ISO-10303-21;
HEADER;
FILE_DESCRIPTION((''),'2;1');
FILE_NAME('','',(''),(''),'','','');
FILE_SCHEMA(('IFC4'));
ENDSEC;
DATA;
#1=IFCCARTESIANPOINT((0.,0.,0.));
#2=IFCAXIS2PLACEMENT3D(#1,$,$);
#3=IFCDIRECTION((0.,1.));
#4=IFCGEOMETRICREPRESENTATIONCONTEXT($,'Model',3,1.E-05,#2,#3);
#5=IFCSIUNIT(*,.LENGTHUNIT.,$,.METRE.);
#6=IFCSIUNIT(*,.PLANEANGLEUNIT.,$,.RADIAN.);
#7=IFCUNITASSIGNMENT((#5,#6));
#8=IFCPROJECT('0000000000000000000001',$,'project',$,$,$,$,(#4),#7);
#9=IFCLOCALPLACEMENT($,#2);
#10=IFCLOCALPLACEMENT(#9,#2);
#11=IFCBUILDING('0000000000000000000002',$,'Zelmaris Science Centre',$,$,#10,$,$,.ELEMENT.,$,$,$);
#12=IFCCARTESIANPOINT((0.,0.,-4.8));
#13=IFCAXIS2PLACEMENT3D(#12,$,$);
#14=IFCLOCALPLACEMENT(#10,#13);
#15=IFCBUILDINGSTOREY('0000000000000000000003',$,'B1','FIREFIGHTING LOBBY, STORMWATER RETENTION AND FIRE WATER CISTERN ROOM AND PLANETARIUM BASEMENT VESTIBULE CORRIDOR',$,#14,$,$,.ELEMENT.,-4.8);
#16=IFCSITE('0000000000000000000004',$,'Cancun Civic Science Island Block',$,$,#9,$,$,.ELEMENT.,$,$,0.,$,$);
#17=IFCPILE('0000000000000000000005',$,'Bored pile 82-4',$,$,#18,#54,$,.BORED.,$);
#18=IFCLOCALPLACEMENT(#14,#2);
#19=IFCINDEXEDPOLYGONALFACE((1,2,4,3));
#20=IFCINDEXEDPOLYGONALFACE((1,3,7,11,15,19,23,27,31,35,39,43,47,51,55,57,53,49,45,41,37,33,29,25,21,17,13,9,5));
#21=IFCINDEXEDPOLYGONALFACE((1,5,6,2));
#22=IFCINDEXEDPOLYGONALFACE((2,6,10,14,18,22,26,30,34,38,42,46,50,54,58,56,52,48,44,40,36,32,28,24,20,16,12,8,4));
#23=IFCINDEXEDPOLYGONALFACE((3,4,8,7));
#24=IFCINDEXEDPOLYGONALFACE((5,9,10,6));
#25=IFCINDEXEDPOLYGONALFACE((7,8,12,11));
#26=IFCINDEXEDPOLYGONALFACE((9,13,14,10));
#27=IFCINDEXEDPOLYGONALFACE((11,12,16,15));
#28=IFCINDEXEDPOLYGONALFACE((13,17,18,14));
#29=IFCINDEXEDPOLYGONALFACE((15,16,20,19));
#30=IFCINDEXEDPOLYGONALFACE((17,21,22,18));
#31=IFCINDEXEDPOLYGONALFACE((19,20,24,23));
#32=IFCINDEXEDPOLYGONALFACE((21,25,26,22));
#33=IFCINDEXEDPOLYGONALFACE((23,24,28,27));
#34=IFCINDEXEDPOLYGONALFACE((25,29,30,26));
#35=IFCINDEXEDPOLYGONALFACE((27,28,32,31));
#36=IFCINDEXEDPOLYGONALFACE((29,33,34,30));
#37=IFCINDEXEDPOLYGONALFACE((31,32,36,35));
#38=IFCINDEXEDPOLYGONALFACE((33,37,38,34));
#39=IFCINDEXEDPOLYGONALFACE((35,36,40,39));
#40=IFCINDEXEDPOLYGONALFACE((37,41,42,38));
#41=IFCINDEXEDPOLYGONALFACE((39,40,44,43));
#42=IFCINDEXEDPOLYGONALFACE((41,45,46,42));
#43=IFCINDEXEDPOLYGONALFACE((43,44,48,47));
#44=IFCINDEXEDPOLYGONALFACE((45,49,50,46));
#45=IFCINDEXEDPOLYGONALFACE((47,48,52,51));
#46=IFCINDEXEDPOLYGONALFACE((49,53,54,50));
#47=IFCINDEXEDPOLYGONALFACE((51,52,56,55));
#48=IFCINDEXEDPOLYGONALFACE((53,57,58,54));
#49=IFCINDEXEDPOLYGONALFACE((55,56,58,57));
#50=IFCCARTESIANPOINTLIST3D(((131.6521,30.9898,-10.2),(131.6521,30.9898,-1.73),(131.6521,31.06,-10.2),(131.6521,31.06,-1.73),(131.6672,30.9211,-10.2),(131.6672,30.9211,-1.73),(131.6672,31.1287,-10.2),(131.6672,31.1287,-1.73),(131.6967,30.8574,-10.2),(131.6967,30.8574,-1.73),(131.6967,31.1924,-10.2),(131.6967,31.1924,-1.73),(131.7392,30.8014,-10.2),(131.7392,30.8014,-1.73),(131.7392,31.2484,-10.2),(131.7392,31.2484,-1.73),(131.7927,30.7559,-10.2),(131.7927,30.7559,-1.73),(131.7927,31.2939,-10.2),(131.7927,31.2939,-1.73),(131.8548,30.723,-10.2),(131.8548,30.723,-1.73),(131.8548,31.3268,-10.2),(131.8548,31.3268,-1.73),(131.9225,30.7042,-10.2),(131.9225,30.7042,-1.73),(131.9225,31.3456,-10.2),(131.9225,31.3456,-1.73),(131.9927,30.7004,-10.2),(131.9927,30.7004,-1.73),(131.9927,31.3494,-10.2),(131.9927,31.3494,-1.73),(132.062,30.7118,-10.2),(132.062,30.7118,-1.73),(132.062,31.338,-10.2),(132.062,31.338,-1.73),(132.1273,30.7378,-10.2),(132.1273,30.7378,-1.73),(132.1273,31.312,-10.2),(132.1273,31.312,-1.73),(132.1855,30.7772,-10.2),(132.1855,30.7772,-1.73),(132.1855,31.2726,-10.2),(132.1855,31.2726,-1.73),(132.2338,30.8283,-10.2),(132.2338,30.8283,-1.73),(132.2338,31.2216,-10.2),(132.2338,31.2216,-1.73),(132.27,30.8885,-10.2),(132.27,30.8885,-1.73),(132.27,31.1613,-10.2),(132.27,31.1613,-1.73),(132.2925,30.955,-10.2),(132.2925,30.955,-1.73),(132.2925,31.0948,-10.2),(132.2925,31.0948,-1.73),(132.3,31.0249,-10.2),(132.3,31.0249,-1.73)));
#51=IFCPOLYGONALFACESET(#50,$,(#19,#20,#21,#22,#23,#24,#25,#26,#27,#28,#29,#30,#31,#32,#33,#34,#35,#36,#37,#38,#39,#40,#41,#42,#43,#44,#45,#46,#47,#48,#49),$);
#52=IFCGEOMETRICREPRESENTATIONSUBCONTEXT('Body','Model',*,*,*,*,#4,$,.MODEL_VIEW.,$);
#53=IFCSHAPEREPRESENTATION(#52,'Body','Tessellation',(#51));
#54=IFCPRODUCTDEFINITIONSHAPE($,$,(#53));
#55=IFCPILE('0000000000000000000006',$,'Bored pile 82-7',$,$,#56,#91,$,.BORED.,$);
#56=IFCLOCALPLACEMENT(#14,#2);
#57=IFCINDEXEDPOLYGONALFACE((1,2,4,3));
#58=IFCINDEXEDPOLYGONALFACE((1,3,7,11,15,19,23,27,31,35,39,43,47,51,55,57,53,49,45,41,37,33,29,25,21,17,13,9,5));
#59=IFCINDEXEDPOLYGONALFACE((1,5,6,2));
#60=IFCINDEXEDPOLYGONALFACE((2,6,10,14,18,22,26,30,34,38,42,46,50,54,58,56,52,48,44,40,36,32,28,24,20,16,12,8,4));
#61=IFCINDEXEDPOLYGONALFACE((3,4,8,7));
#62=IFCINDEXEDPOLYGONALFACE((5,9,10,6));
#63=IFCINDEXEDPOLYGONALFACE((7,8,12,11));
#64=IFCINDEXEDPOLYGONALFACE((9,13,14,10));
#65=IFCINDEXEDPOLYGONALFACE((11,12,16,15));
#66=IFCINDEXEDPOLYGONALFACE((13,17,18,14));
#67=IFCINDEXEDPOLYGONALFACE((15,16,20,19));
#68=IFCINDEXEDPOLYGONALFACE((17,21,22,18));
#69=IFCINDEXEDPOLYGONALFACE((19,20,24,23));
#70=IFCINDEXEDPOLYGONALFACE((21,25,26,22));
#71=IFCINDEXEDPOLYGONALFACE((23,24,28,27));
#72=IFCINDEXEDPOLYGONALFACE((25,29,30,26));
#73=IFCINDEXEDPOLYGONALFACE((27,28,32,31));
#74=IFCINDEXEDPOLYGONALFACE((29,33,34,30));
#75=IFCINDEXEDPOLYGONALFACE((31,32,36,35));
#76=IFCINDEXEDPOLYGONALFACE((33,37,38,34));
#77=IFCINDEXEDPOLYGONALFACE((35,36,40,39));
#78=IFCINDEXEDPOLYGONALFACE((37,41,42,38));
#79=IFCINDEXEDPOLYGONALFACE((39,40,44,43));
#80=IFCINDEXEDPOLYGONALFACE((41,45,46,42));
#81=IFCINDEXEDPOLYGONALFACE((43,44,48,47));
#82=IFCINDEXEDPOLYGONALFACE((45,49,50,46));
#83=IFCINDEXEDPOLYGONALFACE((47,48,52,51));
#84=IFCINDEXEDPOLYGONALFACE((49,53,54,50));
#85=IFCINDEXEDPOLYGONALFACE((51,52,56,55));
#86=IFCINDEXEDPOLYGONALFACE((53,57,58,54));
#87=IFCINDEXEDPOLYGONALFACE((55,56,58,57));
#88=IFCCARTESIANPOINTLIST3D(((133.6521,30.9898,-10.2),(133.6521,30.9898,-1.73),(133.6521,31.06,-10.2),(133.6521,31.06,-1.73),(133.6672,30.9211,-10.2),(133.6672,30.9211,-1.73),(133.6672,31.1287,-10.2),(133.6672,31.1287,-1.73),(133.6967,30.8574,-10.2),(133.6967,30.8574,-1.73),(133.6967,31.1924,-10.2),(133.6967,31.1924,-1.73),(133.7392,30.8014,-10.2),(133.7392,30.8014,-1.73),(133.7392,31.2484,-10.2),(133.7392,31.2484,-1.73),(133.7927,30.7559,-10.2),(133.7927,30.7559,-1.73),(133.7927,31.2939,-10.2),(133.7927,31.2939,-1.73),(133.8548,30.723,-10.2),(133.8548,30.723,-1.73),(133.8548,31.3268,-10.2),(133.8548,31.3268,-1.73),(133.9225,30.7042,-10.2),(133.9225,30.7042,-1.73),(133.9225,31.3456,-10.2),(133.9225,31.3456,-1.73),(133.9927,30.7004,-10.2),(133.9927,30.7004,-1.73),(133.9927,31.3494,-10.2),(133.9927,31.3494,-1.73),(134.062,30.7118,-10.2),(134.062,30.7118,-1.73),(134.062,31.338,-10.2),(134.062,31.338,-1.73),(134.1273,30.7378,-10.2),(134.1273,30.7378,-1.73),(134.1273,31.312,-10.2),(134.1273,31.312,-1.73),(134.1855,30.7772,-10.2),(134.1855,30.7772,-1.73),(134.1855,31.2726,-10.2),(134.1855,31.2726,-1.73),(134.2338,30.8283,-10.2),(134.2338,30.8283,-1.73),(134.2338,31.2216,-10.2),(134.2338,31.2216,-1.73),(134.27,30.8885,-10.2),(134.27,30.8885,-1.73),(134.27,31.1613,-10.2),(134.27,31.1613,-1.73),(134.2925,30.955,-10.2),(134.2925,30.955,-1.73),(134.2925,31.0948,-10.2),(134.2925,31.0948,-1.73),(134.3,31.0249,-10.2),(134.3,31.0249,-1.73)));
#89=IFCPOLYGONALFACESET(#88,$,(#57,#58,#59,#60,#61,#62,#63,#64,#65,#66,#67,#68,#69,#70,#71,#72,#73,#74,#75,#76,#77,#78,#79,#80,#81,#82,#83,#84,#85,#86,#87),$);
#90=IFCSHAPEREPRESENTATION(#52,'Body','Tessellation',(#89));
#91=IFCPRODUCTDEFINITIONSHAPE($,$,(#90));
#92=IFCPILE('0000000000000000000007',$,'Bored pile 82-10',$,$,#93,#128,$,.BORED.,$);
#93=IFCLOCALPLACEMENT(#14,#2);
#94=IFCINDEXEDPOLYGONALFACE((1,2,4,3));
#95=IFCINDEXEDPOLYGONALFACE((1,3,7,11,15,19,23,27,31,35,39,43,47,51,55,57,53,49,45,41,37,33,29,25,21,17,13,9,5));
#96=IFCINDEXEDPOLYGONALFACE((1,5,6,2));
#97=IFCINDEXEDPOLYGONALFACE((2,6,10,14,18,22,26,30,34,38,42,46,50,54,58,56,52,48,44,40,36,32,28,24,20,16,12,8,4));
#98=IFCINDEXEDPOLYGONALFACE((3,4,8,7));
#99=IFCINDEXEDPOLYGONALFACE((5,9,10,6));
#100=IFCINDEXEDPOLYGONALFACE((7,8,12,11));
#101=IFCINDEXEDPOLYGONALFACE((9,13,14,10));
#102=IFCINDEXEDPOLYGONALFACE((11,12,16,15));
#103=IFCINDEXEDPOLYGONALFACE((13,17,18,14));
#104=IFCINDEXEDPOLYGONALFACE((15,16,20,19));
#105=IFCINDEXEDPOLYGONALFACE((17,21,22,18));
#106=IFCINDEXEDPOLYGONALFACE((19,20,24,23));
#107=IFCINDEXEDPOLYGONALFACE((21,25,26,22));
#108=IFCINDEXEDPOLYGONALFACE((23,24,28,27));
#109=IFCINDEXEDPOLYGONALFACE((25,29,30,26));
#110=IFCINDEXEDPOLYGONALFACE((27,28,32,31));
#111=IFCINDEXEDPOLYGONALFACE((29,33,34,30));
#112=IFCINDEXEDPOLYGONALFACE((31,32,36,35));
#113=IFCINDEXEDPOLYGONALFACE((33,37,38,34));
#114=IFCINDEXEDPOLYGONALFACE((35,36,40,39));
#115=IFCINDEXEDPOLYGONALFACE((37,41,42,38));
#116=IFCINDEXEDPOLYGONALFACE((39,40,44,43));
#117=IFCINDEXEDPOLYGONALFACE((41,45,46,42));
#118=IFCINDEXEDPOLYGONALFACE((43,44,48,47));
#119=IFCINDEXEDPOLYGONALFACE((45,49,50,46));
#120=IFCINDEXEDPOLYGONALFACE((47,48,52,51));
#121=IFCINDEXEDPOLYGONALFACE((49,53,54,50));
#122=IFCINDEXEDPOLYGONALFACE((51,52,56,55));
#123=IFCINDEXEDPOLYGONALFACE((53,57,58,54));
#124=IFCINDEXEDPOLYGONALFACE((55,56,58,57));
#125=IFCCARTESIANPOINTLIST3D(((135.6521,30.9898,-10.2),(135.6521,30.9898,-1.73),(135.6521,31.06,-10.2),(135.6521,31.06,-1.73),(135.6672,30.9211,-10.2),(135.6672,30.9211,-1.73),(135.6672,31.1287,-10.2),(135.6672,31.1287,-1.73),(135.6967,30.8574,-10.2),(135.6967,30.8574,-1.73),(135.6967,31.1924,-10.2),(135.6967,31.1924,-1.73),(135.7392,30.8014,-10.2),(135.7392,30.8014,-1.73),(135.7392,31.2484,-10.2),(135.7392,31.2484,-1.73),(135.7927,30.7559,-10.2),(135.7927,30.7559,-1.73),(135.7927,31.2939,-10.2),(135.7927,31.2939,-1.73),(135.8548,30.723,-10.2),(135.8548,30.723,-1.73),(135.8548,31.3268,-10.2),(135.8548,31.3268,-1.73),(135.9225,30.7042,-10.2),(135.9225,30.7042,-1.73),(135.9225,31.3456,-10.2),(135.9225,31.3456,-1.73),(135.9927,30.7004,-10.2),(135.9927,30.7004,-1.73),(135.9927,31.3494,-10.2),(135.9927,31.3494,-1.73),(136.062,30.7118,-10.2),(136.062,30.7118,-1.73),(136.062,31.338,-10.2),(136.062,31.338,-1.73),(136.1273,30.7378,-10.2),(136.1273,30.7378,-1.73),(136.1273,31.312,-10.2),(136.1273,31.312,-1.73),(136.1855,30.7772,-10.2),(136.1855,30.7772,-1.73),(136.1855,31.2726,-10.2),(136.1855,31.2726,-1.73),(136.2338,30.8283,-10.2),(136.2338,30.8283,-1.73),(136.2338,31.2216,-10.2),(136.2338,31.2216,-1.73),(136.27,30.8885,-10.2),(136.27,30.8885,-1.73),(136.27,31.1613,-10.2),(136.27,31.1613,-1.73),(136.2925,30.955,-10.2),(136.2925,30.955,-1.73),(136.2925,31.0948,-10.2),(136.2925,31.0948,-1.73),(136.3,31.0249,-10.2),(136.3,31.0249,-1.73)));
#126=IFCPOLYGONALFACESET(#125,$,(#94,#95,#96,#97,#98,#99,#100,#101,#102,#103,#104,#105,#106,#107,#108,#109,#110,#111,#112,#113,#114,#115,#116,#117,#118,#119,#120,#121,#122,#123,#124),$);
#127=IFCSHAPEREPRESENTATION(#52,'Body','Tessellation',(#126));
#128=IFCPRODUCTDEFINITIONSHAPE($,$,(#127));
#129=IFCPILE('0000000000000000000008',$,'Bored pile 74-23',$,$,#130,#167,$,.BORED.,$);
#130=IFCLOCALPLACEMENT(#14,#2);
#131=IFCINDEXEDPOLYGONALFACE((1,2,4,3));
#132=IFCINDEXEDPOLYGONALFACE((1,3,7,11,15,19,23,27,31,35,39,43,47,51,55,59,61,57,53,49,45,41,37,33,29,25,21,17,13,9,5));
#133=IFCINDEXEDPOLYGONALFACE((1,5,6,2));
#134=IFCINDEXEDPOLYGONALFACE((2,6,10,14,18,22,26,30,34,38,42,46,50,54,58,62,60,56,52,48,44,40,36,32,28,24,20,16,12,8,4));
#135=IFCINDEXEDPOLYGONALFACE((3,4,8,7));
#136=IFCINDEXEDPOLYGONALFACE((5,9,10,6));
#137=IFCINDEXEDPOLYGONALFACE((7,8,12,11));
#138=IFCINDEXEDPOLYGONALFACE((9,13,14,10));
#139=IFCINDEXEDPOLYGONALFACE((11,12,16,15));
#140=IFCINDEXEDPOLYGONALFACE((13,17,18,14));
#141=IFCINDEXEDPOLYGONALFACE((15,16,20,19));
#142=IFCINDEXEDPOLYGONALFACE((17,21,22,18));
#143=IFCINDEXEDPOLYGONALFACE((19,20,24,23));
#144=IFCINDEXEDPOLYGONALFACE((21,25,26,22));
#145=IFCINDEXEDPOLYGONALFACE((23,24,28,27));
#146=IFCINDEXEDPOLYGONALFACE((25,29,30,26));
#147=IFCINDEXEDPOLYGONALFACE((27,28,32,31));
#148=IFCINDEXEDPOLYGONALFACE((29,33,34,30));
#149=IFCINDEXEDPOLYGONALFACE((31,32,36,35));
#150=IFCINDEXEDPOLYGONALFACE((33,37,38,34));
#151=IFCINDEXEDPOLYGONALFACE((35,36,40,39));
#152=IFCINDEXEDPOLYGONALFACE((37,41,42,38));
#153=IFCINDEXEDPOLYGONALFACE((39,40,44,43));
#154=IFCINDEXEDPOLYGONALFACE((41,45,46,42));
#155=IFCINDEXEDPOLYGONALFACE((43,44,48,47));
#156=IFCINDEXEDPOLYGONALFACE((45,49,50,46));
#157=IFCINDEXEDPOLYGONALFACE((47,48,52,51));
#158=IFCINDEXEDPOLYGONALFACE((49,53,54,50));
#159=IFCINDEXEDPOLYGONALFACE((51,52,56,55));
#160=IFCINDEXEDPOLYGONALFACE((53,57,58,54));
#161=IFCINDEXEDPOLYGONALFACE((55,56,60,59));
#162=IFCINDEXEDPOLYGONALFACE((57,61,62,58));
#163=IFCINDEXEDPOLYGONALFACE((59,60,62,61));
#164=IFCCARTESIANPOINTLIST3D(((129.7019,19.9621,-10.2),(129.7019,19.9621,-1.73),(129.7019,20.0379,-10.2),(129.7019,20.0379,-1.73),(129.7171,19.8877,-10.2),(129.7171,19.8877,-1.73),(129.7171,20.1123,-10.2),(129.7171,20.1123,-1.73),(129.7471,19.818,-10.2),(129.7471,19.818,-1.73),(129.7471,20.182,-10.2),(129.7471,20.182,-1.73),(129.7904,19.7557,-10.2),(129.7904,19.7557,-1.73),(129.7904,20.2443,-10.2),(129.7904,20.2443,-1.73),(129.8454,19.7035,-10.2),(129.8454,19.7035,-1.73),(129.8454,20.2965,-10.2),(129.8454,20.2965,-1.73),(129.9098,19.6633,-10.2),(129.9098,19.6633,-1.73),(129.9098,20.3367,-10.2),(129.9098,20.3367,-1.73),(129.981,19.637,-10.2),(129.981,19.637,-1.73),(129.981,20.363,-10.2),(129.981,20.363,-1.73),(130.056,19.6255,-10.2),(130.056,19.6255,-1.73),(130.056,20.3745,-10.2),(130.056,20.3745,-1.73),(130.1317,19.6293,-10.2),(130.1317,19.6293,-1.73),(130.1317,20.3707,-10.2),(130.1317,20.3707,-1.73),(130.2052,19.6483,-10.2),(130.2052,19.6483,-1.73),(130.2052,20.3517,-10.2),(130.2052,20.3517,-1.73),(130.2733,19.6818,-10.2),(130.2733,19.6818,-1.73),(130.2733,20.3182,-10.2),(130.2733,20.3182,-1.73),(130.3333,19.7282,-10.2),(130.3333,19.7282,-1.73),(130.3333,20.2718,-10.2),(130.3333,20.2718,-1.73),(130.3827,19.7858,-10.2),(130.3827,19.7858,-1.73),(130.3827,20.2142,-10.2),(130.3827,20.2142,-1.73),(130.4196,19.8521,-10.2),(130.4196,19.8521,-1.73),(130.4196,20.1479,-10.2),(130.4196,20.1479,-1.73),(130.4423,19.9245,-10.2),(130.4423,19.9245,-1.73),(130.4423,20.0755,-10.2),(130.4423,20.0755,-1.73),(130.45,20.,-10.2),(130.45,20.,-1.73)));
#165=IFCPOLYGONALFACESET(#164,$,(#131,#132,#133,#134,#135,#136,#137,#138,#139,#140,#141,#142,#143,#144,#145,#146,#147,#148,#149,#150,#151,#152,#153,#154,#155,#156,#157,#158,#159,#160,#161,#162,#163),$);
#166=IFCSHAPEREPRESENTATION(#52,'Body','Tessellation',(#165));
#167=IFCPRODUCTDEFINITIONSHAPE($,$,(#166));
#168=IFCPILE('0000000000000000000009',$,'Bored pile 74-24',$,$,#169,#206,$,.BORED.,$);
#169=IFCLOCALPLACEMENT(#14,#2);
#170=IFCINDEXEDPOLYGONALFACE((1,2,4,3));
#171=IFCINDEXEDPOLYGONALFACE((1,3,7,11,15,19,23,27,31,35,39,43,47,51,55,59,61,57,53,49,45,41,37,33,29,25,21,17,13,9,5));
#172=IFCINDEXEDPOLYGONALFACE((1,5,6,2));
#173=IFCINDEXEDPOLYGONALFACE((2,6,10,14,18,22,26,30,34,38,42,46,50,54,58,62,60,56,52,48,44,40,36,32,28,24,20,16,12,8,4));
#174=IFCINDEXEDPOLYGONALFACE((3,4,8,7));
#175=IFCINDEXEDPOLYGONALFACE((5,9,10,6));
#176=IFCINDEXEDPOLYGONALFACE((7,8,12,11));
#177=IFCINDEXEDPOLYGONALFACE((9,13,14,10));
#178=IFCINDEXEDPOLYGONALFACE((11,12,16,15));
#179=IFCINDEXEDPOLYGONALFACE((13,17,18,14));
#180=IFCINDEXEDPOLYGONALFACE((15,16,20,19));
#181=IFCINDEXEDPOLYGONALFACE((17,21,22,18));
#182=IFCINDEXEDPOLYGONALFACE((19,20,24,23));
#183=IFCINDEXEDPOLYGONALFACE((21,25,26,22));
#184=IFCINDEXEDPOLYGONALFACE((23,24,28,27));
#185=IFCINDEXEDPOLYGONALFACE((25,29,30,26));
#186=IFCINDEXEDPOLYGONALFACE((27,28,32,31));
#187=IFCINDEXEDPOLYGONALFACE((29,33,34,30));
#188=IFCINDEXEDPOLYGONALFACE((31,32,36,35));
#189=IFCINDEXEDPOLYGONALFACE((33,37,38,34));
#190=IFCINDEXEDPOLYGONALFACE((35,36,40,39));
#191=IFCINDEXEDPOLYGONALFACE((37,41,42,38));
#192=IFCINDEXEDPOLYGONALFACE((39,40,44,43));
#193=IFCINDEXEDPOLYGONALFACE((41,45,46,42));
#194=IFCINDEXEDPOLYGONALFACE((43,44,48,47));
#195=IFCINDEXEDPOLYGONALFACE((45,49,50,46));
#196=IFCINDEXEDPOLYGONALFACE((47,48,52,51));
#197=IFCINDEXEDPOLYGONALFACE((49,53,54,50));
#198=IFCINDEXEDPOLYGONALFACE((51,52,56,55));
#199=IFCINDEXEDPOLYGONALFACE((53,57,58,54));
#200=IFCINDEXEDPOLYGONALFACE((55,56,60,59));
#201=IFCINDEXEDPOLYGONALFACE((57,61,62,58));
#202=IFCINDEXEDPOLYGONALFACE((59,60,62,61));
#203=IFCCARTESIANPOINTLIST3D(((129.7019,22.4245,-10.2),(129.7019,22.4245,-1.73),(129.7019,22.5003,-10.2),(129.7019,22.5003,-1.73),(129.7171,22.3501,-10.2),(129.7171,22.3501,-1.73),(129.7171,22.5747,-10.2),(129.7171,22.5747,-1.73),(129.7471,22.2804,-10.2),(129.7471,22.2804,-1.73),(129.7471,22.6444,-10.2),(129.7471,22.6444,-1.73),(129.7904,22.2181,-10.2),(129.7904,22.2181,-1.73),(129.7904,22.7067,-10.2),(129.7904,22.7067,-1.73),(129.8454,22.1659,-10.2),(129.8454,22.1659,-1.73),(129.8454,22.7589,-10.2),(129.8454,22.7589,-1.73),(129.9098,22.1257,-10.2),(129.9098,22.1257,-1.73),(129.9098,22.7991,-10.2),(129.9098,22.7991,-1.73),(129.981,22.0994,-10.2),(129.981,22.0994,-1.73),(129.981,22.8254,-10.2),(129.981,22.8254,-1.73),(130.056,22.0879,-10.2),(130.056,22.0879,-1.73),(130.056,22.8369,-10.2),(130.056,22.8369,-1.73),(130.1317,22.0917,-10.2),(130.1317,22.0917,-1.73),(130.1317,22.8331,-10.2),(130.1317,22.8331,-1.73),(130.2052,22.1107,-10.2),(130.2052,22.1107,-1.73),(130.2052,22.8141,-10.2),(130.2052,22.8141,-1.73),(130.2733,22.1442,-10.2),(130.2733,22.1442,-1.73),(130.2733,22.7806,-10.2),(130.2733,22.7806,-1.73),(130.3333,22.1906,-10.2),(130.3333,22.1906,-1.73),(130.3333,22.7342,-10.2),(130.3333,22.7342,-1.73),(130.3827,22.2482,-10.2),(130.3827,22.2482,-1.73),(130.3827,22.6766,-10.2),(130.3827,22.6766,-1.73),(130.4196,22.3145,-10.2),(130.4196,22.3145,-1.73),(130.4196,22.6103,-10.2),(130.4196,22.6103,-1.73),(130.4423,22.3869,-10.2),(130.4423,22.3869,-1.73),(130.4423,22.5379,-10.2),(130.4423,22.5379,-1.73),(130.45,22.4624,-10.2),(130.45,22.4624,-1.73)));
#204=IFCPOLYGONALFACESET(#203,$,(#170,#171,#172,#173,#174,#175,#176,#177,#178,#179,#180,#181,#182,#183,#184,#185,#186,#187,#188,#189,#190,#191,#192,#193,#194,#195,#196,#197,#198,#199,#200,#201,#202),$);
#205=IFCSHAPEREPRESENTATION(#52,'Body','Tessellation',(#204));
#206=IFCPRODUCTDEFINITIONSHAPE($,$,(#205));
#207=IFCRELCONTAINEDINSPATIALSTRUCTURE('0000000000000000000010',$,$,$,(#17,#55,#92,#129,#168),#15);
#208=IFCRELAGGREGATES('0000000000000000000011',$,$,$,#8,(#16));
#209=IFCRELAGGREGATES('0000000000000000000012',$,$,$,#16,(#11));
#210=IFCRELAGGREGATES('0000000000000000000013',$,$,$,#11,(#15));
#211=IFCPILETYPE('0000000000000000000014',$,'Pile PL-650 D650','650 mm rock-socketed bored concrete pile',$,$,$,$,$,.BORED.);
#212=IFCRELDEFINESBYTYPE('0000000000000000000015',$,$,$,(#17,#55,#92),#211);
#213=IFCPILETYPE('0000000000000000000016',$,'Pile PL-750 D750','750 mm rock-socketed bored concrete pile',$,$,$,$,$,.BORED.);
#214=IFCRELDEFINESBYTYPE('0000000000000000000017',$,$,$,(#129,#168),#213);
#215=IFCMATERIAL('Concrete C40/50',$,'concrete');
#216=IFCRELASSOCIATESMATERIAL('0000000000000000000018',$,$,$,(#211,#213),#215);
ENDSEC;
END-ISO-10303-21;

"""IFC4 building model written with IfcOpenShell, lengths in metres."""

from ifc_helpers import new_model, si_unit, direction, frame, origin, origin_2d, place, context, subcontext, project, spatial, circle, extrude, material, material_profile, profile_set, type_object, element, save


model = new_model("IFC4")

# Units and contexts
model_context = context("Model", 3, precision=1e-05, world=origin(), true_north=direction((0.0, 1.0)))
body_context = subcontext(model_context, "Body", "Model", "MODEL_VIEW")
ifc_project = project(units=[si_unit("LENGTHUNIT", "METRE"), si_unit("PLANEANGLEUNIT", "RADIAN")], contexts=[model_context])

# Site, building, storey
site_placement = place(None, origin())
site = spatial("IfcSite", under=ifc_project, at=site_placement, Name="Cancun Civic Science Island Block", CompositionType="ELEMENT", RefElevation=0.0)
building_placement = place(site_placement, origin())
building = spatial("IfcBuilding", under=site, at=building_placement, Name="Zelmaris Science Centre", CompositionType="ELEMENT")
storey_placement = place(building_placement, frame((0.0, 0.0, -4.8)))
storey = spatial("IfcBuildingStorey", under=building, at=storey_placement, Name="B1", Description="FIREFIGHTING LOBBY, STORMWATER RETENTION AND FIRE WATER CISTERN ROOM AND PLANETARIUM BASEMENT VESTIBULE CORRIDOR", CompositionType="ELEMENT", Elevation=-4.8)

# Shared definitions
ifc_material_1 = material(Name="Concrete C40/50", Category="concrete")

# Piles
ifc_material_profile_1 = material_profile(ifc_material_1, circle(Radius=0.325, at=origin_2d()), Name="PILE-650")
ifc_profile_set_1 = profile_set([ifc_material_profile_1], Name="Concrete C40/50")
pile_type_1 = type_object("IfcPileType", Name="Pile PL-650 D650", Description="650 mm rock-socketed bored concrete pile", PredefinedType="BORED", material=ifc_profile_set_1)
for number, where, z_axis, x_axis, name in (
    (1, (131.9751, 31.0249, -1.73), (0.0, 0.0, -1.0), (1.0, 0.0, 0.0), "Bored pile 82-4"),
    (2, (133.9751, 31.0249, -1.73), (0.0, 0.0, -1.0), (1.0, 0.0, 0.0), "Bored pile 82-7"),
    (3, (135.9751, 31.0249, -1.73), (0.0, 0.0, -1.0), (1.0, 0.0, 0.0), "Bored pile 82-10"),
):
    element("IfcPile", number, at=place(storey_placement, frame(where, z_axis=z_axis, x_axis=x_axis)), inside=storey, type_object=pile_type_1, Name=name, PredefinedType="BORED", context=body_context, shape_type="SweptSolid", body=[
        extrude(circle(Radius=0.325, at=origin_2d()), origin(), (0.0, 0.0, 1.0), 8.47),
    ])
ifc_material_profile_2 = material_profile(ifc_material_1, circle(Radius=0.375, at=origin_2d()), Name="PILE-750")
ifc_profile_set_2 = profile_set([ifc_material_profile_2], Name="Concrete C40/50")
pile_type_2 = type_object("IfcPileType", Name="Pile PL-750 D750", Description="750 mm rock-socketed bored concrete pile", PredefinedType="BORED", material=ifc_profile_set_2)
for number, where, z_axis, x_axis, name in (
    (4, (130.075, 20.0, -1.73), (0.0, 0.0, -1.0), (1.0, 0.0, 0.0), "Bored pile 74-23"),
    (5, (130.075, 22.4624, -1.73), (0.0, 0.0, -1.0), (1.0, 0.0, 0.0), "Bored pile 74-24"),
):
    element("IfcPile", number, at=place(storey_placement, frame(where, z_axis=z_axis, x_axis=x_axis)), inside=storey, type_object=pile_type_2, Name=name, PredefinedType="BORED", context=body_context, shape_type="SweptSolid", body=[
        extrude(circle(Radius=0.375, at=origin_2d()), origin(), (0.0, 0.0, 1.0), 8.47),
    ])

save(model, "model.ifc")
